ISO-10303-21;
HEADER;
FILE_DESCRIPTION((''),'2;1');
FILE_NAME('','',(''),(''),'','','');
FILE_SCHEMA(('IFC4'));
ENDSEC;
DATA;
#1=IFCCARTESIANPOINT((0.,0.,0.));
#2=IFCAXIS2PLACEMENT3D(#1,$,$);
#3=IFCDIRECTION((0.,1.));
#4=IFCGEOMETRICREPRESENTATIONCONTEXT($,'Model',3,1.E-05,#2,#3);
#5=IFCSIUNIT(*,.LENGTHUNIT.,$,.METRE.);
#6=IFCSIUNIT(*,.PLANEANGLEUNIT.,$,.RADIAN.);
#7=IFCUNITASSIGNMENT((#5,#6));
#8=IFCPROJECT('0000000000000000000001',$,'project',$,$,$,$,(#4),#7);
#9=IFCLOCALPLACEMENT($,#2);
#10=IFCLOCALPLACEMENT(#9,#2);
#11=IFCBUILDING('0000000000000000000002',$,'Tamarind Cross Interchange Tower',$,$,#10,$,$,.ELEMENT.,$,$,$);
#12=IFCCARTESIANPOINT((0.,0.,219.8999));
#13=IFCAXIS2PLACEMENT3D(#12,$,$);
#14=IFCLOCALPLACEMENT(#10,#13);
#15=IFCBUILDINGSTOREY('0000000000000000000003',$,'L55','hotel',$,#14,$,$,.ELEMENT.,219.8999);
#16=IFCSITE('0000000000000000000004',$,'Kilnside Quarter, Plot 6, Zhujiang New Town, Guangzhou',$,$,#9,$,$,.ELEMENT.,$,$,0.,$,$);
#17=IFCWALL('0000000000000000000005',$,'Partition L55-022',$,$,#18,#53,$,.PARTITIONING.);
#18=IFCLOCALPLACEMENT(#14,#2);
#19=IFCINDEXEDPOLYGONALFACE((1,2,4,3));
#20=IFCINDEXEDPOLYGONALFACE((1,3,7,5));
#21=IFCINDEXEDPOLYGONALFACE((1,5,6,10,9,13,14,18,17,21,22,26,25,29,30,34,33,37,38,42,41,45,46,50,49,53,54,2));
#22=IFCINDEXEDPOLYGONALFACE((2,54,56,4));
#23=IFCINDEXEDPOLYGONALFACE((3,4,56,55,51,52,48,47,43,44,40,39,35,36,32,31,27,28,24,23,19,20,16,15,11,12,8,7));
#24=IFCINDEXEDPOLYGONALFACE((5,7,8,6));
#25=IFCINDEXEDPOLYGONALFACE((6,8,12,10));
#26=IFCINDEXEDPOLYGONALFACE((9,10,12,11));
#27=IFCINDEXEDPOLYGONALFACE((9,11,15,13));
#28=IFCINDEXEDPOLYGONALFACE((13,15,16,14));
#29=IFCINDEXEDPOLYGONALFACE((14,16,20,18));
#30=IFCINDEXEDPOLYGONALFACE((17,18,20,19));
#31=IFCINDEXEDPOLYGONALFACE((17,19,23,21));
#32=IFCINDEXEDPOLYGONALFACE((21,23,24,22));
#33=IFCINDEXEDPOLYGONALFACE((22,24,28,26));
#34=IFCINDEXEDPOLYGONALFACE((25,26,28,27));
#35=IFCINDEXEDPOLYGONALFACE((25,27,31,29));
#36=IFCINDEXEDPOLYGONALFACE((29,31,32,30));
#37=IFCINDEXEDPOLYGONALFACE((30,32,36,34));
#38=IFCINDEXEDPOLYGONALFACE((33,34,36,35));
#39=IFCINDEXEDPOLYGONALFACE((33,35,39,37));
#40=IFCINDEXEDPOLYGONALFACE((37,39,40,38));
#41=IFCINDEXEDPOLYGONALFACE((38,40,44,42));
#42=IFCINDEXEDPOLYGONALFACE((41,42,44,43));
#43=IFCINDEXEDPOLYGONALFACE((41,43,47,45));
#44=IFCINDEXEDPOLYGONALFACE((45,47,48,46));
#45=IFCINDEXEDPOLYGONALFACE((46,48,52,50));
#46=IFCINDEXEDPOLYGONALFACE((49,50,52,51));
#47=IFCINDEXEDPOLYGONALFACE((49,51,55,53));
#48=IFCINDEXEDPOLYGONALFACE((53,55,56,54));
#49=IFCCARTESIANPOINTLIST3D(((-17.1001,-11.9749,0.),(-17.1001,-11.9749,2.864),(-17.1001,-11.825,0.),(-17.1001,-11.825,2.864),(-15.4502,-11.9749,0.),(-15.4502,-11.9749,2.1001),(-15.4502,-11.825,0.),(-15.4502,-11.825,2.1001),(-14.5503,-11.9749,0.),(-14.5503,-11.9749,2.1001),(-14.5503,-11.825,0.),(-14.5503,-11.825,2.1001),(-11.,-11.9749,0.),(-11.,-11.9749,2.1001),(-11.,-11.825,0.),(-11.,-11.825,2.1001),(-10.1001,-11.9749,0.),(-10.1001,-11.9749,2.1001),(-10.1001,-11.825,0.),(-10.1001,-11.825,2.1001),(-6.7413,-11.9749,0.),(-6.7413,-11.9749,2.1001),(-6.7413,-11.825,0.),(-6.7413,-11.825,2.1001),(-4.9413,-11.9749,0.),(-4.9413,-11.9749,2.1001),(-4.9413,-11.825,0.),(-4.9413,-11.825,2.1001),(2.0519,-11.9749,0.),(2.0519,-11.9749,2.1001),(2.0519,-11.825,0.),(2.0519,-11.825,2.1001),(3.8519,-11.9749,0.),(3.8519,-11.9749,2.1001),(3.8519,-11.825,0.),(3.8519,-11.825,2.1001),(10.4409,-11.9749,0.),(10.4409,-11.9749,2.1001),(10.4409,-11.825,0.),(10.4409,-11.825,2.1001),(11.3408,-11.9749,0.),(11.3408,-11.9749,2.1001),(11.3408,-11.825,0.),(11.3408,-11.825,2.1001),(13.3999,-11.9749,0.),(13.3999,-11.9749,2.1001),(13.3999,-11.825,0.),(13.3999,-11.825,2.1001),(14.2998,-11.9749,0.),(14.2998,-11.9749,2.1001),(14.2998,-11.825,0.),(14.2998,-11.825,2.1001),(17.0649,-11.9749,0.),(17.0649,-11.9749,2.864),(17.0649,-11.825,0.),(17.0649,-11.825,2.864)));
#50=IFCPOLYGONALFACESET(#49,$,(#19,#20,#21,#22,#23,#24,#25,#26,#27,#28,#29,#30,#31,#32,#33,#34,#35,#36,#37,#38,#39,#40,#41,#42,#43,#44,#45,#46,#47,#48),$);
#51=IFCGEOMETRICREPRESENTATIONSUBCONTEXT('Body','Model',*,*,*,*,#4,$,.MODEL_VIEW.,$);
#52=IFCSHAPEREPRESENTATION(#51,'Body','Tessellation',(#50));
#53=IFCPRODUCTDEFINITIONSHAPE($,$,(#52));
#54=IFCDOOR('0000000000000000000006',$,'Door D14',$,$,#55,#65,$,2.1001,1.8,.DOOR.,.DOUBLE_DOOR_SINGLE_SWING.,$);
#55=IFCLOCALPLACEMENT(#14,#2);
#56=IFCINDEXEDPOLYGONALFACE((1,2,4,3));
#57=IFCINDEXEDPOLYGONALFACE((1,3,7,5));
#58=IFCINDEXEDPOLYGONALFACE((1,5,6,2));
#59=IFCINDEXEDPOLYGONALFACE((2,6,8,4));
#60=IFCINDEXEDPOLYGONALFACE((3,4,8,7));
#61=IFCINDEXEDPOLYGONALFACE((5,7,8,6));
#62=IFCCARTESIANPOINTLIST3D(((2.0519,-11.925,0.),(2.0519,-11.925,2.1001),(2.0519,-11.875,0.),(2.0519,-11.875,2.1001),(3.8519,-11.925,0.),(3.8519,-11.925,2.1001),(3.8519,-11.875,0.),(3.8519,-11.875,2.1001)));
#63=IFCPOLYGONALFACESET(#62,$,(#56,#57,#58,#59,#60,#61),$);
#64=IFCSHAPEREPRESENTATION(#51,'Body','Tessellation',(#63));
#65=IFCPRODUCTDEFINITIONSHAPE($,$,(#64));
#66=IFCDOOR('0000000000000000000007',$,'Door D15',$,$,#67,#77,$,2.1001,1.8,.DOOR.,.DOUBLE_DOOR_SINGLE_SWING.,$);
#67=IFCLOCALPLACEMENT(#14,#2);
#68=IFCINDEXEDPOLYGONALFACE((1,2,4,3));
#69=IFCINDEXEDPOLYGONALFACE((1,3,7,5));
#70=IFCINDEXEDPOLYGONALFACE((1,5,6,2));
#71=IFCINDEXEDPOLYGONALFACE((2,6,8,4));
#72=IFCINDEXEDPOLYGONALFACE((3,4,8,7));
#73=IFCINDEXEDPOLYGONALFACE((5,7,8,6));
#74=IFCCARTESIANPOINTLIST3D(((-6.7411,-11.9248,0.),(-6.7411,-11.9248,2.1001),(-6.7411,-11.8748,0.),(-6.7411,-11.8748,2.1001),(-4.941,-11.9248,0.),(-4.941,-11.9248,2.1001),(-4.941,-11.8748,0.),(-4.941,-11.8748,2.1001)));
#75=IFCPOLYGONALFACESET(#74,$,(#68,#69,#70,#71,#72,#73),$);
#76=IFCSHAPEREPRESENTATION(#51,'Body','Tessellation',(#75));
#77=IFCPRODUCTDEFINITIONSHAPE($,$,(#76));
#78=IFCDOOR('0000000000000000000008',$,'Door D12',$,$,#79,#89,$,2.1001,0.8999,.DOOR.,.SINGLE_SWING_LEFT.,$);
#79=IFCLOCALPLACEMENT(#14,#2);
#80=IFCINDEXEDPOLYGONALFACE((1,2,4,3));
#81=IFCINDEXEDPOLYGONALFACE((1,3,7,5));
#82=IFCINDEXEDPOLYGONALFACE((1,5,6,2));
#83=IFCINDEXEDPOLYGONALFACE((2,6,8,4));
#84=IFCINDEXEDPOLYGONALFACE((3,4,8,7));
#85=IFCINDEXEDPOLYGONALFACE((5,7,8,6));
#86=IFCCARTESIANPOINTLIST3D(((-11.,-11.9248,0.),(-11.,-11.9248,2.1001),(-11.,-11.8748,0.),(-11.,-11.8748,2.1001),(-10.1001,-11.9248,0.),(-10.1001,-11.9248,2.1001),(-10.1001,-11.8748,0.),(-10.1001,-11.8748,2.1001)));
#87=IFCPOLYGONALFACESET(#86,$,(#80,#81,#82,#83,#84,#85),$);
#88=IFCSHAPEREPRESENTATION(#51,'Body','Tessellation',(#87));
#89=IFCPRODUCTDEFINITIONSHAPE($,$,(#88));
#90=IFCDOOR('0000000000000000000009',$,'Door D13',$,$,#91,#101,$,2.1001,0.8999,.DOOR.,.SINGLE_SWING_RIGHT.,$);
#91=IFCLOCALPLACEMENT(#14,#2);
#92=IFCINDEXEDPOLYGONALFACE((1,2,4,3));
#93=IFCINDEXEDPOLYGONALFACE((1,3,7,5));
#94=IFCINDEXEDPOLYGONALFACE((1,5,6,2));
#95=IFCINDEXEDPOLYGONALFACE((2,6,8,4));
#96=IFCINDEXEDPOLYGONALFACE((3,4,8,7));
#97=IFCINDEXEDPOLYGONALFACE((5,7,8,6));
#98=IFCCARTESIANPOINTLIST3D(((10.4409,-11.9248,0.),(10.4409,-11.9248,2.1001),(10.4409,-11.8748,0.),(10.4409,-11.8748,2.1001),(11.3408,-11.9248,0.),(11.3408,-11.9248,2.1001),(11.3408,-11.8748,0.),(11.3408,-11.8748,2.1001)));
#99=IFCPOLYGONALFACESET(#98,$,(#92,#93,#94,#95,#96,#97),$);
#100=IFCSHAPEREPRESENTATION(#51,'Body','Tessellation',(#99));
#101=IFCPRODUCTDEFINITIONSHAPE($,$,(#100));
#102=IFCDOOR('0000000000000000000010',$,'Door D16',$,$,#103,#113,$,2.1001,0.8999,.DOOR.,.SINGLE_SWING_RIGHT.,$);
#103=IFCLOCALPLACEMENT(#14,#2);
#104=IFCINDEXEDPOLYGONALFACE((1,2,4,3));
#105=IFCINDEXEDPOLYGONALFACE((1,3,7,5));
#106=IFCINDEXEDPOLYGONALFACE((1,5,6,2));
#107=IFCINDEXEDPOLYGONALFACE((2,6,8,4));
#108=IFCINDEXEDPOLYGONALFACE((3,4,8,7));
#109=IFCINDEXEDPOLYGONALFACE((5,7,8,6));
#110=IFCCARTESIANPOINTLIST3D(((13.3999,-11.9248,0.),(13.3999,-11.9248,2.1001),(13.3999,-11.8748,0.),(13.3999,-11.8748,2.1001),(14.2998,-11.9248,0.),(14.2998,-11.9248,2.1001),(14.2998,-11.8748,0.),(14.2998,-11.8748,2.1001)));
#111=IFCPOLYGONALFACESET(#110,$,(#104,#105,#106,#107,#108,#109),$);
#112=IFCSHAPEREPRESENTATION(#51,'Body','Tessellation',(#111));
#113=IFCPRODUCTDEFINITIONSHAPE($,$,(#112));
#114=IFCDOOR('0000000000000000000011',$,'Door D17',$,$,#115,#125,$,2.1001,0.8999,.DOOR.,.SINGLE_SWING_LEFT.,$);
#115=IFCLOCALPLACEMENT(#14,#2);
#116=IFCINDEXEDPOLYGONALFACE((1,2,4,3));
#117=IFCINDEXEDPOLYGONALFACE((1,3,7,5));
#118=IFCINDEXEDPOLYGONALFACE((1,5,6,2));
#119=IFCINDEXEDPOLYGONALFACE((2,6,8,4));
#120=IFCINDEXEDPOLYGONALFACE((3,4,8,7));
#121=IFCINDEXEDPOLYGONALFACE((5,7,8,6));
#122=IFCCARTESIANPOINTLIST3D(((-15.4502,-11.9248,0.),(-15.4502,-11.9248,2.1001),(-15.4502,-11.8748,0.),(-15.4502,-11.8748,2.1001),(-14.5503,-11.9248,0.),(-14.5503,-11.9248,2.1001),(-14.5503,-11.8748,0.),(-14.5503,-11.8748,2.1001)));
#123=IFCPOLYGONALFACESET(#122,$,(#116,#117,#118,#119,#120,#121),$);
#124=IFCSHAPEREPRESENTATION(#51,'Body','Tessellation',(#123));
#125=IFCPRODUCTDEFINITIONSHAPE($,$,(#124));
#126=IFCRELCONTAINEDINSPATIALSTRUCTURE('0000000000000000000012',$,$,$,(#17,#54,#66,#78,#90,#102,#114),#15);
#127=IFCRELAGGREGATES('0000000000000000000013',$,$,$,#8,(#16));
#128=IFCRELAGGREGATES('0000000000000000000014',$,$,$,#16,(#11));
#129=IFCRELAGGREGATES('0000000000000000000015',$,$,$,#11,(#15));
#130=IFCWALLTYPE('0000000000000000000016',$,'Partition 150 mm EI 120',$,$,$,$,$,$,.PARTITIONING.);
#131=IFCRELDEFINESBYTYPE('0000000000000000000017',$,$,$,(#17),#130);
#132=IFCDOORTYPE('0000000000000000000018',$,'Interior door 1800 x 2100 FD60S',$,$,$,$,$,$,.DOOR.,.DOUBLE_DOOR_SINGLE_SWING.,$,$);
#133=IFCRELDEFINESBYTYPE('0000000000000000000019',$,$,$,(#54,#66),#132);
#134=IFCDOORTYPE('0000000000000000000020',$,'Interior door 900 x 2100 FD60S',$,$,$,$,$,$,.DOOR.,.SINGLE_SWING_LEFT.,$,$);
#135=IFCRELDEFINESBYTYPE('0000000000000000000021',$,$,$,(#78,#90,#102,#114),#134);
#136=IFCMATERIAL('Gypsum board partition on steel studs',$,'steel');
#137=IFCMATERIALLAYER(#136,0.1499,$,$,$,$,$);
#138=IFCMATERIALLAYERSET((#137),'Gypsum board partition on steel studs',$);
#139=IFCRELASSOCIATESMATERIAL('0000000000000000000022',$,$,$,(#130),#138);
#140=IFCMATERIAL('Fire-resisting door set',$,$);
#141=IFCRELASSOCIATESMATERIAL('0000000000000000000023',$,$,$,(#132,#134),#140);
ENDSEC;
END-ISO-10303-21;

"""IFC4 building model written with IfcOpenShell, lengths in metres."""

from ifc_helpers import new_model, si_unit, direction, frame, frame_2d, origin, place, context, subcontext, project, spatial, rectangle, extrude, material, layer, layer_set, type_object, element, fill, save


model = new_model("IFC4")

# Units and contexts
model_context = context("Model", 3, precision=1e-05, world=origin(), true_north=direction((0.0, 1.0)))
body_context = subcontext(model_context, "Body", "Model", "MODEL_VIEW")
ifc_project = project(units=[si_unit("LENGTHUNIT", "METRE"), si_unit("PLANEANGLEUNIT", "RADIAN")], contexts=[model_context])

# Site, building, storey
site_placement = place(None, origin())
site = spatial("IfcSite", under=ifc_project, at=site_placement, Name="Kilnside Quarter, Plot 6, Zhujiang New Town, Guangzhou", CompositionType="ELEMENT", RefElevation=0.0)
building_placement = place(site_placement, origin())
building = spatial("IfcBuilding", under=site, at=building_placement, Name="Tamarind Cross Interchange Tower", CompositionType="ELEMENT")
storey_placement = place(building_placement, frame((0.0, 0.0, 219.8999)))
storey = spatial("IfcBuildingStorey", under=building, at=storey_placement, Name="L55", Description="hotel", CompositionType="ELEMENT", Elevation=219.8999)

# Shared definitions
ifc_material_1 = material(Name="Gypsum board partition on steel studs", Category="steel")
ifc_layer_1 = layer(ifc_material_1, 0.1499)
ifc_layer_set_1 = layer_set([ifc_layer_1], Name="Gypsum board partition on steel studs")
wall_type_1 = type_object("IfcWallType", Name="Partition 150 mm EI 120", PredefinedType="PARTITIONING", material=ifc_layer_set_1)

# Wall, openings, doors
wall_1_placement = place(storey_placement, frame((-17.1001, -11.8999, 0.0), z_axis=(0.0, 0.0, 1.0), x_axis=(1.0, 0.0, 0.0)))
wall_1 = element("IfcWall", 1, at=wall_1_placement, inside=storey, type_object=wall_type_1, Name="Partition L55-022", PredefinedType="PARTITIONING", context=body_context, shape_type="SweptSolid", body=[
    extrude(rectangle(XDim=34.165, YDim=0.1499, at=frame_2d((17.0825, 0.0))), origin(), (0.0, 0.0, 1.0), 2.864),
])
opening_1_placement = place(wall_1_placement, frame((6.1001, 0.0, 0.0)))
opening_1 = element("IfcOpeningElement", 2, at=opening_1_placement, cuts=wall_1, PredefinedType="OPENING", context=body_context, shape_type="SweptSolid", body=[
    extrude(rectangle(XDim=0.8999, YDim=2.1001, at=frame_2d((0.45, 1.05))), frame((0.0, 0.085, 0.0), z_axis=(0.0, -1.0, 0.0), x_axis=(1.0, 0.0, 0.0)), (0.0, 0.0, 1.0), 0.1699),
])
opening_2_placement = place(wall_1_placement, frame((27.541, 0.0, 0.0)))
opening_2 = element("IfcOpeningElement", 3, at=opening_2_placement, cuts=wall_1, PredefinedType="OPENING", context=body_context, shape_type="SweptSolid", body=[
    extrude(rectangle(XDim=0.8999, YDim=2.1001, at=frame_2d((0.45, 1.05))), frame((0.0, 0.085, 0.0), z_axis=(0.0, -1.0, 0.0), x_axis=(1.0, 0.0, 0.0)), (0.0, 0.0, 1.0), 0.1699),
])
opening_3_placement = place(wall_1_placement, frame((19.1521, 0.0, 0.0)))
opening_3 = element("IfcOpeningElement", 4, at=opening_3_placement, cuts=wall_1, PredefinedType="OPENING", context=body_context, shape_type="SweptSolid", body=[
    extrude(rectangle(XDim=1.8, YDim=2.1001, at=frame_2d((0.8999, 1.05))), frame((0.0, 0.085, 0.0), z_axis=(0.0, -1.0, 0.0), x_axis=(1.0, 0.0, 0.0)), (0.0, 0.0, 1.0), 0.1699),
])
opening_4_placement = place(wall_1_placement, frame((10.3589, 0.0, 0.0)))
opening_4 = element("IfcOpeningElement", 5, at=opening_4_placement, cuts=wall_1, PredefinedType="OPENING", context=body_context, shape_type="SweptSolid", body=[
    extrude(rectangle(XDim=1.8, YDim=2.1001, at=frame_2d((0.8999, 1.05))), frame((0.0, 0.085, 0.0), z_axis=(0.0, -1.0, 0.0), x_axis=(1.0, 0.0, 0.0)), (0.0, 0.0, 1.0), 0.1699),
])
opening_5_placement = place(wall_1_placement, frame((30.5, 0.0, 0.0)))
opening_5 = element("IfcOpeningElement", 6, at=opening_5_placement, cuts=wall_1, PredefinedType="OPENING", context=body_context, shape_type="SweptSolid", body=[
    extrude(rectangle(XDim=0.8999, YDim=2.1001, at=frame_2d((0.45, 1.05))), frame((0.0, 0.085, 0.0), z_axis=(0.0, -1.0, 0.0), x_axis=(1.0, 0.0, 0.0)), (0.0, 0.0, 1.0), 0.1699),
])
opening_6_placement = place(wall_1_placement, frame((1.6499, 0.0, 0.0)))
opening_6 = element("IfcOpeningElement", 7, at=opening_6_placement, cuts=wall_1, PredefinedType="OPENING", context=body_context, shape_type="SweptSolid", body=[
    extrude(rectangle(XDim=0.8999, YDim=2.1001, at=frame_2d((0.45, 1.05))), frame((0.0, 0.085, 0.0), z_axis=(0.0, -1.0, 0.0), x_axis=(1.0, 0.0, 0.0)), (0.0, 0.0, 1.0), 0.1699),
])
ifc_material_2 = material(Name="Fire-resisting door set")
door_type_1 = type_object("IfcDoorType", Name="Interior door 1800 x 2100 FD60S", OperationType="DOUBLE_DOOR_SINGLE_SWING", PredefinedType="DOOR", material=ifc_material_2)
door_1_placement = place(opening_3_placement, origin())
door_1 = element("IfcDoor", 8, at=door_1_placement, inside=storey, type_object=door_type_1, Name="Door D14", OperationType="DOUBLE_DOOR_SINGLE_SWING", OverallHeight=2.1001, OverallWidth=1.8, PredefinedType="DOOR", context=body_context, shape_type="SweptSolid", body=[
    extrude(rectangle(XDim=1.8, YDim=2.1001, at=frame_2d((0.8999, 1.05))), frame((0.0, 0.0249, 0.0), z_axis=(0.0, -1.0, 0.0), x_axis=(1.0, 0.0, 0.0)), (0.0, 0.0, 1.0), 0.05),
])
fill(opening_3, door_1)
door_2_placement = place(opening_4_placement, frame((1.8, 0.0, 0.0), z_axis=(0.0, 0.0, 1.0), x_axis=(-1.0, 0.0, 0.0)))
door_2 = element("IfcDoor", 9, at=door_2_placement, inside=storey, type_object=door_type_1, Name="Door D15", OperationType="DOUBLE_DOOR_SINGLE_SWING", OverallHeight=2.1001, OverallWidth=1.8, PredefinedType="DOOR", context=body_context, shape_type="SweptSolid", body=[
    extrude(rectangle(XDim=1.8, YDim=2.1001, at=frame_2d((0.8999, 1.05))), frame((0.0, 0.0249, 0.0), z_axis=(0.0, -1.0, 0.0), x_axis=(1.0, 0.0, 0.0)), (0.0, 0.0, 1.0), 0.05),
])
fill(opening_4, door_2)
door_type_2 = type_object("IfcDoorType", Name="Interior door 900 x 2100 FD60S", OperationType="SINGLE_SWING_LEFT", PredefinedType="DOOR", material=ifc_material_2)
door_3_placement = place(opening_1_placement, frame((0.8999, 0.0, 0.0), z_axis=(0.0, 0.0, 1.0), x_axis=(-1.0, 0.0, 0.0)))
door_3 = element("IfcDoor", 10, at=door_3_placement, inside=storey, type_object=door_type_2, Name="Door D12", OperationType="SINGLE_SWING_LEFT", OverallHeight=2.1001, OverallWidth=0.8999, PredefinedType="DOOR", context=body_context, shape_type="SweptSolid", body=[
    extrude(rectangle(XDim=0.8999, YDim=2.1001, at=frame_2d((0.45, 1.05))), frame((0.0, 0.0249, 0.0), z_axis=(0.0, -1.0, 0.0), x_axis=(1.0, 0.0, 0.0)), (0.0, 0.0, 1.0), 0.05),
])
fill(opening_1, door_3)
door_4_placement = place(opening_2_placement, frame((0.8999, 0.0, 0.0), z_axis=(0.0, 0.0, 1.0), x_axis=(-1.0, 0.0, 0.0)))
door_4 = element("IfcDoor", 11, at=door_4_placement, inside=storey, type_object=door_type_2, Name="Door D13", OperationType="SINGLE_SWING_RIGHT", OverallHeight=2.1001, OverallWidth=0.8999, PredefinedType="DOOR", context=body_context, shape_type="SweptSolid", body=[
    extrude(rectangle(XDim=0.8999, YDim=2.1001, at=frame_2d((0.45, 1.05))), frame((0.0, 0.0249, 0.0), z_axis=(0.0, -1.0, 0.0), x_axis=(1.0, 0.0, 0.0)), (0.0, 0.0, 1.0), 0.05),
])
fill(opening_2, door_4)
door_5_placement = place(opening_5_placement, frame((0.8999, 0.0, 0.0), z_axis=(0.0, 0.0, 1.0), x_axis=(-1.0, 0.0, 0.0)))
door_5 = element("IfcDoor", 12, at=door_5_placement, inside=storey, type_object=door_type_2, Name="Door D16", OperationType="SINGLE_SWING_RIGHT", OverallHeight=2.1001, OverallWidth=0.8999, PredefinedType="DOOR", context=body_context, shape_type="SweptSolid", body=[
    extrude(rectangle(XDim=0.8999, YDim=2.1001, at=frame_2d((0.45, 1.05))), frame((0.0, 0.0249, 0.0), z_axis=(0.0, -1.0, 0.0), x_axis=(1.0, 0.0, 0.0)), (0.0, 0.0, 1.0), 0.05),
])
fill(opening_5, door_5)
door_6_placement = place(opening_6_placement, frame((0.8999, 0.0, 0.0), z_axis=(0.0, 0.0, 1.0), x_axis=(-1.0, 0.0, 0.0)))
door_6 = element("IfcDoor", 13, at=door_6_placement, inside=storey, type_object=door_type_2, Name="Door D17", OperationType="SINGLE_SWING_LEFT", OverallHeight=2.1001, OverallWidth=0.8999, PredefinedType="DOOR", context=body_context, shape_type="SweptSolid", body=[
    extrude(rectangle(XDim=0.8999, YDim=2.1001, at=frame_2d((0.45, 1.05))), frame((0.0, 0.0249, 0.0), z_axis=(0.0, -1.0, 0.0), x_axis=(1.0, 0.0, 0.0)), (0.0, 0.0, 1.0), 0.05),
])
fill(opening_6, door_6)

save(model, "model.ifc")
